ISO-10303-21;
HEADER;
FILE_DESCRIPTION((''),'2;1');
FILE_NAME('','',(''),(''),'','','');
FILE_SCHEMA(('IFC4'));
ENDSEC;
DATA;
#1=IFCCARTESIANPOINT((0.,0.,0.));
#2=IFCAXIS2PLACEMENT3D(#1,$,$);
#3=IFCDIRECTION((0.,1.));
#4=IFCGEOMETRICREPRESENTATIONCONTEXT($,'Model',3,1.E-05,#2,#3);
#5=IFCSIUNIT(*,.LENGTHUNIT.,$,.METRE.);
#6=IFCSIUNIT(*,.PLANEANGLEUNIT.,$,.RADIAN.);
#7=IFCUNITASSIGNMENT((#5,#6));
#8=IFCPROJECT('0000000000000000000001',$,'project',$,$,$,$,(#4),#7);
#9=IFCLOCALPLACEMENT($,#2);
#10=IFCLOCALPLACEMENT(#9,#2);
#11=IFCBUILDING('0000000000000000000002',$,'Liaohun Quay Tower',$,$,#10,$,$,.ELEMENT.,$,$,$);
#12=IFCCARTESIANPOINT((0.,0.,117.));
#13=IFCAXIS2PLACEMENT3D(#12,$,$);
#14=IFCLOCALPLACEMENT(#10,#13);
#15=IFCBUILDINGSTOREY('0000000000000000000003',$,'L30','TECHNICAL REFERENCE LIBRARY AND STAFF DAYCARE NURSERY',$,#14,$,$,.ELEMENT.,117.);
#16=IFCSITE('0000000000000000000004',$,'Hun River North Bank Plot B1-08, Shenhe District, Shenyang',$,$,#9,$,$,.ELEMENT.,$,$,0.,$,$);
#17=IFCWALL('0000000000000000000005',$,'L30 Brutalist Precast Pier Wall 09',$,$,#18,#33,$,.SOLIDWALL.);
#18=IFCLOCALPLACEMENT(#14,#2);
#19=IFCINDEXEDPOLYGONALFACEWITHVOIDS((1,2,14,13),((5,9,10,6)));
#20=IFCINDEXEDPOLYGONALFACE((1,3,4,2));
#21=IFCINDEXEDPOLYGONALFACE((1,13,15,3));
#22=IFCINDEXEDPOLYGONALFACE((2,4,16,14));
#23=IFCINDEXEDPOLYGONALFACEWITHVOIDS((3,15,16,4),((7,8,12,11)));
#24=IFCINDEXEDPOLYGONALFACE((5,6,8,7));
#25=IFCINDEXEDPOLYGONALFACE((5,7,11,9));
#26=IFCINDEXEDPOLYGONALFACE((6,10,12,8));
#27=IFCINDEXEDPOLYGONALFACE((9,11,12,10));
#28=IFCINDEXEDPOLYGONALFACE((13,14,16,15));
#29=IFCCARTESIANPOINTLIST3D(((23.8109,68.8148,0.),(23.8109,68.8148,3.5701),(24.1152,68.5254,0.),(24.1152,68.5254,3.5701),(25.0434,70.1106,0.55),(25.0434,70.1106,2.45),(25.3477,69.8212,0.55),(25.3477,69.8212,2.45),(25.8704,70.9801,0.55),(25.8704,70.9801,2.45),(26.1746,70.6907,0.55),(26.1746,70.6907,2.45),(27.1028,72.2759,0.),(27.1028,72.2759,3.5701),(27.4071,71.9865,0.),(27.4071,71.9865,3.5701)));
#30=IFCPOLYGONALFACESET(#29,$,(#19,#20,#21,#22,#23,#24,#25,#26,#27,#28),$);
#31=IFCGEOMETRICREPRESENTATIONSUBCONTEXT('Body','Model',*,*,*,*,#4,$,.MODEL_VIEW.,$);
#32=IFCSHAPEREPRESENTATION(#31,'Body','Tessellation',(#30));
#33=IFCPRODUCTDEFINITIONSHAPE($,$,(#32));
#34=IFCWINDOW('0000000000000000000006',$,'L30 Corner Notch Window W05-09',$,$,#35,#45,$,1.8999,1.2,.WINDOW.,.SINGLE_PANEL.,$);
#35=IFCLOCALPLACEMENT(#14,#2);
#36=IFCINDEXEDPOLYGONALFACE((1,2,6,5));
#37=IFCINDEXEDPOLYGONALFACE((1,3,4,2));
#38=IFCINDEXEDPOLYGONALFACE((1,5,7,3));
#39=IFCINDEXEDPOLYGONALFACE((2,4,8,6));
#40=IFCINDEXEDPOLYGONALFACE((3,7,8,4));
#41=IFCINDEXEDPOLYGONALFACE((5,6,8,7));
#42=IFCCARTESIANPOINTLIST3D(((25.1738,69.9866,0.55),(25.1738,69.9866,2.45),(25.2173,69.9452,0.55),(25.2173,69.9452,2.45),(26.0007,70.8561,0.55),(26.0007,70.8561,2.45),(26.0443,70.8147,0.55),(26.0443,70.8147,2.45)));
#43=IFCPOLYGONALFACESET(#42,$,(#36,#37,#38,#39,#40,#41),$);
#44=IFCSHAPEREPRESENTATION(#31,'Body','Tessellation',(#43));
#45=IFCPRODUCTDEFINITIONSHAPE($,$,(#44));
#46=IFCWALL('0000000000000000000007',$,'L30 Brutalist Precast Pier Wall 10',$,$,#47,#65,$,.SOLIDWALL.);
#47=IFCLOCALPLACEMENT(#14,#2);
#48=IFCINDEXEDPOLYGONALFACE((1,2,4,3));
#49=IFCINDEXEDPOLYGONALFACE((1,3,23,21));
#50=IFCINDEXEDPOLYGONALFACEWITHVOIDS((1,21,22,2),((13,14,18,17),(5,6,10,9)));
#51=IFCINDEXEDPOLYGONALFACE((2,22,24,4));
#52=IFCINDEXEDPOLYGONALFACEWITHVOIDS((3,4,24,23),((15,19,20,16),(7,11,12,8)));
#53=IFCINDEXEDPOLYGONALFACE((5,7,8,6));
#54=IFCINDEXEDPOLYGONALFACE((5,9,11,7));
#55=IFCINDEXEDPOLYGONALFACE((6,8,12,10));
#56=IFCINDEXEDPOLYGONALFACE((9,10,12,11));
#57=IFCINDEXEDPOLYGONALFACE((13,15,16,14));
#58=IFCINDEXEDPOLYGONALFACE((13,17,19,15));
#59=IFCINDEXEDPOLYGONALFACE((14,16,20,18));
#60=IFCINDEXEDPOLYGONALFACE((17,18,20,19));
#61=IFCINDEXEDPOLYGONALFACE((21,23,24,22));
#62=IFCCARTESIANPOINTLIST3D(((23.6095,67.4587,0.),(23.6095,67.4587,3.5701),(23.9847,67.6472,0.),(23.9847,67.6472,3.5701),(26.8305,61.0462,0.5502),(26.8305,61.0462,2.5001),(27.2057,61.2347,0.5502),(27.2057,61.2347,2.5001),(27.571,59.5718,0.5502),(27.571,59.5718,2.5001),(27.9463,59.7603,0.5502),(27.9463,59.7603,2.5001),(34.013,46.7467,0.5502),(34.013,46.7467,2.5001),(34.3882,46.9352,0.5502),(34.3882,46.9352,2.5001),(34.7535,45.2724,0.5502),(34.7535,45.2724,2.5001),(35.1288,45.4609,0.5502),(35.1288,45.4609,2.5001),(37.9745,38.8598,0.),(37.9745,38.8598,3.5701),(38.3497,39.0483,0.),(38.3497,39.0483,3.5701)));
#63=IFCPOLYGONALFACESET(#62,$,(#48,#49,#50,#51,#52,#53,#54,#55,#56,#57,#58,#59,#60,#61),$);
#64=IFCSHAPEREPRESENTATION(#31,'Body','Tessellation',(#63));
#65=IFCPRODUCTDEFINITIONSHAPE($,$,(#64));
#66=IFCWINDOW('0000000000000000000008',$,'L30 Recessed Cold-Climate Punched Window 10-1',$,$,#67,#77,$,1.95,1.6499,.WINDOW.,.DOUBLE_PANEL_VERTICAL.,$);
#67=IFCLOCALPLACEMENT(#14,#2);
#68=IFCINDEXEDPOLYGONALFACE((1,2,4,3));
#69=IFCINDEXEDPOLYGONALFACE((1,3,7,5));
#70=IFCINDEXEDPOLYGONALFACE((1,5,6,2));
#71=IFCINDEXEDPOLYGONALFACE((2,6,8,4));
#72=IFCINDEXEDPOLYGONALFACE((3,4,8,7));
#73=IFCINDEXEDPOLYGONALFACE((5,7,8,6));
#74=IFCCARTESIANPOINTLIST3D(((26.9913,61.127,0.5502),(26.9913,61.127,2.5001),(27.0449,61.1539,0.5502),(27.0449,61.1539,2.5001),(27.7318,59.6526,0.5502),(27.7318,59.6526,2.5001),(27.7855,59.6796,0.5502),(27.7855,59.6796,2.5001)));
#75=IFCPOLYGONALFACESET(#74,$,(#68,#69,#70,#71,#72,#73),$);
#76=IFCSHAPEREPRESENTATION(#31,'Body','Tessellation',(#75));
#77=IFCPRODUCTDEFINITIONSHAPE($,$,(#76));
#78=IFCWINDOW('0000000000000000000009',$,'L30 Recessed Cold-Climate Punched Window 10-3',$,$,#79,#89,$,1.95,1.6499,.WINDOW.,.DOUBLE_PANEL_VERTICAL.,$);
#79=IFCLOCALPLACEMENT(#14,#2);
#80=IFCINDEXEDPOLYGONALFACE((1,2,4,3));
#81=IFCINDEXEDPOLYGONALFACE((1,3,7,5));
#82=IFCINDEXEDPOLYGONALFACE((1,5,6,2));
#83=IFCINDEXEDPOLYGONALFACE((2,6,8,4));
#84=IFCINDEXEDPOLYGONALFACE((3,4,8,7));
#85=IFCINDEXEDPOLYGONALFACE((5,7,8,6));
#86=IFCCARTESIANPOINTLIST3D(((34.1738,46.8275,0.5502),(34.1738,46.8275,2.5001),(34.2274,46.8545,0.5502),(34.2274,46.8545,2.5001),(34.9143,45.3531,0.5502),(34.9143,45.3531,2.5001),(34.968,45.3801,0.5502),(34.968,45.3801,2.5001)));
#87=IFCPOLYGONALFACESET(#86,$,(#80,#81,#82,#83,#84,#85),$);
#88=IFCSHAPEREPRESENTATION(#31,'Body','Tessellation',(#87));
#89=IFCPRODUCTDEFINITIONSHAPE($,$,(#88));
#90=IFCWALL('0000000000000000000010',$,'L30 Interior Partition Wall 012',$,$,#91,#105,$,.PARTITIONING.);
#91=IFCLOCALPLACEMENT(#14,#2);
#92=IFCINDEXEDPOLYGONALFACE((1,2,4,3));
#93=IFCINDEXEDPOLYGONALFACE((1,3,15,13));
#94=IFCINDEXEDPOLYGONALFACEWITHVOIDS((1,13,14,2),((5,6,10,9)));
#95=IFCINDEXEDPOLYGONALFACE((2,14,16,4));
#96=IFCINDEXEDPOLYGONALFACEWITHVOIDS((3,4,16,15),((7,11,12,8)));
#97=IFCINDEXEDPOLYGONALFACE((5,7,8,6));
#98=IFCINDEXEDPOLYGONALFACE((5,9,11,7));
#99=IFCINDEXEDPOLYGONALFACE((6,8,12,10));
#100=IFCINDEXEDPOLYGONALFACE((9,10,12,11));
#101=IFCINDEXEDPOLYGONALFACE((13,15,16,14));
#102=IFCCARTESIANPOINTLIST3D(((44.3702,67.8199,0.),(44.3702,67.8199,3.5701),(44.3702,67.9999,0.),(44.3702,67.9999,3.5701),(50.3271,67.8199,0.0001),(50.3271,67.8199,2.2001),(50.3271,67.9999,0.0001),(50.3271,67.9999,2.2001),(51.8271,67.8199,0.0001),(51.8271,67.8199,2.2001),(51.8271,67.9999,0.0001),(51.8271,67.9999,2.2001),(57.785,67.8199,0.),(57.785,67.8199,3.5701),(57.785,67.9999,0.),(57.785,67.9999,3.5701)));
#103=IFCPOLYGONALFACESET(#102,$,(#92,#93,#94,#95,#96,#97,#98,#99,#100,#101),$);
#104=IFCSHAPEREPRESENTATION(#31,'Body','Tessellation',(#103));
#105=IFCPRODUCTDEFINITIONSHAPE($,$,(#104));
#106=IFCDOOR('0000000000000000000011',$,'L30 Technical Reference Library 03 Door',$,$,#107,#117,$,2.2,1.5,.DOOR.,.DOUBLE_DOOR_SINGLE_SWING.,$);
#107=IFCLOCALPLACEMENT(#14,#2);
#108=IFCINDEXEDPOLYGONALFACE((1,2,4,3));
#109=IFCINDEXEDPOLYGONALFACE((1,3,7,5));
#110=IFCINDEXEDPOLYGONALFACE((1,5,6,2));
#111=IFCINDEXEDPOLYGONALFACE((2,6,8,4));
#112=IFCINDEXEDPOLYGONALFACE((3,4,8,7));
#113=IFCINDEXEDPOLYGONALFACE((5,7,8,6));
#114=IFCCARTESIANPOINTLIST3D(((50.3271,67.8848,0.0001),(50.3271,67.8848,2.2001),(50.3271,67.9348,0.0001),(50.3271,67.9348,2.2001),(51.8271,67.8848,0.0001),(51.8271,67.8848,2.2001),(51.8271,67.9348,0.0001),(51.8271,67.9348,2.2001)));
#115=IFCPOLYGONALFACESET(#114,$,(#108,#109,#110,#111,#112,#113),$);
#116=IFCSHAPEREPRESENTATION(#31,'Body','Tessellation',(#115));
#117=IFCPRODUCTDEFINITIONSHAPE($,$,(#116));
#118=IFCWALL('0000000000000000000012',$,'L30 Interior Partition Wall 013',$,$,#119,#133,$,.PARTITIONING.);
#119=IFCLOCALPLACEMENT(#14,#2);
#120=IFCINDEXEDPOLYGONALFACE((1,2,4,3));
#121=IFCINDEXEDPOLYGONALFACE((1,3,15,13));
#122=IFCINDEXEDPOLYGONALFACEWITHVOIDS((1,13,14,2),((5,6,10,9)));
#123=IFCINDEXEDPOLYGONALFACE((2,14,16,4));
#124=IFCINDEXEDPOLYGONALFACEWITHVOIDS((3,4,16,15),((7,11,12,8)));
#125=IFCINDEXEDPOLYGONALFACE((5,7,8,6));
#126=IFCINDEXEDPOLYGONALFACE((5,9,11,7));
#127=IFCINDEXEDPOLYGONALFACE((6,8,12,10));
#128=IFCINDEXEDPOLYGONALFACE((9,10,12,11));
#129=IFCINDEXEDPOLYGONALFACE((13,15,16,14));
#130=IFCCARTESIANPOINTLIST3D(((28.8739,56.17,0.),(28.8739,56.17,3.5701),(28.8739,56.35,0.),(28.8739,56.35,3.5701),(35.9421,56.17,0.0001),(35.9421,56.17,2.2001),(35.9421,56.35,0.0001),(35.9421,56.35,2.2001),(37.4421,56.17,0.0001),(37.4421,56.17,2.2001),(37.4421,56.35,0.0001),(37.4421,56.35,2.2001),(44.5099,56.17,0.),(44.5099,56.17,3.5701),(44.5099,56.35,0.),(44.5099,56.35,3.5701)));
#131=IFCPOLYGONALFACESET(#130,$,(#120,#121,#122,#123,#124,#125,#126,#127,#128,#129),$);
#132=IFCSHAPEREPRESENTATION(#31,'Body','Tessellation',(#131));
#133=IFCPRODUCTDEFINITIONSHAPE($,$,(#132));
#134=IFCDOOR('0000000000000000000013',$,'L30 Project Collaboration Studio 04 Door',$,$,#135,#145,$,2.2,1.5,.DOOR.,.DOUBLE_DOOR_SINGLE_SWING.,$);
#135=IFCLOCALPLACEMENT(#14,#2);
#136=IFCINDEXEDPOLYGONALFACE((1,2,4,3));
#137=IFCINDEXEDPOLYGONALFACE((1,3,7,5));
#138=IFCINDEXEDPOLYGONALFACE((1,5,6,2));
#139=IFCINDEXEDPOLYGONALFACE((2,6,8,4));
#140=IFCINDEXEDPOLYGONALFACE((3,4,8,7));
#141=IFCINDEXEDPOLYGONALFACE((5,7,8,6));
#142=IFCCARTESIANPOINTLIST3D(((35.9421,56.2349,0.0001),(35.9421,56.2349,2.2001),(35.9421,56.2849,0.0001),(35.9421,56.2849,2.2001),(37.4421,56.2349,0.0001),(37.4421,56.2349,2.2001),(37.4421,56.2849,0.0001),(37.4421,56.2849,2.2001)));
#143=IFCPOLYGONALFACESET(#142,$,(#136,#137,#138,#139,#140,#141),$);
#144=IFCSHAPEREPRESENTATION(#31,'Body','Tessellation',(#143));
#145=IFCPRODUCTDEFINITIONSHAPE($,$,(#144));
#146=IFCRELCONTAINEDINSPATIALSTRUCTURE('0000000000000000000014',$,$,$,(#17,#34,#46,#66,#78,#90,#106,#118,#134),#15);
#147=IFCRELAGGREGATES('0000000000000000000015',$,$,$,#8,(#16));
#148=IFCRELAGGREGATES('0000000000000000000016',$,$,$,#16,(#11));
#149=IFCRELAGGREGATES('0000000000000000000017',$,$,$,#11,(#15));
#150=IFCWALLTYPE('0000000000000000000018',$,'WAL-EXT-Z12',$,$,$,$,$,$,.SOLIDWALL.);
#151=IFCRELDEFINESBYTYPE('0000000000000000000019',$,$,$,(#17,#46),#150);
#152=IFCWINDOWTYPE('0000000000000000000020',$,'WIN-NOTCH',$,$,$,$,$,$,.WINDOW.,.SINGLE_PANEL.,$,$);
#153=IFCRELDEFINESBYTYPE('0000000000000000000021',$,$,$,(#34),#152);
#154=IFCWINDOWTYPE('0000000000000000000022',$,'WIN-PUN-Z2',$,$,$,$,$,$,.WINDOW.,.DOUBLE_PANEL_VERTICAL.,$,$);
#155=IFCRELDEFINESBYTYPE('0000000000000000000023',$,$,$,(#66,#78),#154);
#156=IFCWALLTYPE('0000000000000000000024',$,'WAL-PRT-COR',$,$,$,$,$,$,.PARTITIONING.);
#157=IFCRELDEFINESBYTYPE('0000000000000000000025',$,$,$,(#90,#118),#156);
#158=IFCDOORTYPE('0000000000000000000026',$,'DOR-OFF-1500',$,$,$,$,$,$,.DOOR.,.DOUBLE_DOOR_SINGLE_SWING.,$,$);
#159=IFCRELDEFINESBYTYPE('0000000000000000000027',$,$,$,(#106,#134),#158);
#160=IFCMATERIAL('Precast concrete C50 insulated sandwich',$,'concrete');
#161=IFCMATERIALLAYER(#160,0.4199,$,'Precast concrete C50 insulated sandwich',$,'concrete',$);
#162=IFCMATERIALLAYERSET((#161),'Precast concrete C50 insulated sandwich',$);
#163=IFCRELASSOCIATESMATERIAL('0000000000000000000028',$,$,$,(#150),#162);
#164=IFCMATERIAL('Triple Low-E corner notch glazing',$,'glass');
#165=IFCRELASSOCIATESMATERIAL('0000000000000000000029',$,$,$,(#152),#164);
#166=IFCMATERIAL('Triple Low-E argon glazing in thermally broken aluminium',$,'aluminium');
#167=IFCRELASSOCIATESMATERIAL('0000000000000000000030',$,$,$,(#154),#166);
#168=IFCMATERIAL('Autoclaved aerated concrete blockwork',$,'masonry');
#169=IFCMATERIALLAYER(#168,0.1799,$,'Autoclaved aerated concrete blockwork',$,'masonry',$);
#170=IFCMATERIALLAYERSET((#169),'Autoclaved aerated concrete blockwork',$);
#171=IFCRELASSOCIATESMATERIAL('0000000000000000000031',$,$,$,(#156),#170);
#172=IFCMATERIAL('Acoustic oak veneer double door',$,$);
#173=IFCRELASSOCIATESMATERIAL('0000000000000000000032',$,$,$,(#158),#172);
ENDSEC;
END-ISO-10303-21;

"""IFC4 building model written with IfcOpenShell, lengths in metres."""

from ifc_helpers import new_model, si_unit, direction, frame, frame_2d, origin, place, context, subcontext, project, spatial, rectangle, extrude, source, transform, mapped, material, layer, layer_set, type_object, element, fill, save


model = new_model("IFC4")

# Units and contexts
model_context = context("Model", 3, precision=1e-05, world=origin(), true_north=direction((0.0, 1.0)))
body_context = subcontext(model_context, "Body", "Model", "MODEL_VIEW")
ifc_project = project(units=[si_unit("LENGTHUNIT", "METRE"), si_unit("PLANEANGLEUNIT", "RADIAN")], contexts=[model_context])

# Site, building, storey
site_placement = place(None, origin())
site = spatial("IfcSite", under=ifc_project, at=site_placement, Name="Hun River North Bank Plot B1-08, Shenhe District, Shenyang", CompositionType="ELEMENT", RefElevation=0.0)
building_placement = place(site_placement, origin())
building = spatial("IfcBuilding", under=site, at=building_placement, Name="Liaohun Quay Tower", CompositionType="ELEMENT")
storey_placement = place(building_placement, frame((0.0, 0.0, 117.0)))
storey = spatial("IfcBuildingStorey", under=building, at=storey_placement, Name="L30", Description="TECHNICAL REFERENCE LIBRARY AND STAFF DAYCARE NURSERY", CompositionType="ELEMENT", Elevation=117.0)

# Wall, opening, window
ifc_material_1 = material(Name="Precast concrete C50 insulated sandwich", Category="concrete")
ifc_layer_1 = layer(ifc_material_1, 0.4199, Name="Precast concrete C50 insulated sandwich", Category="concrete")
ifc_layer_set_1 = layer_set([ifc_layer_1], Name="Precast concrete C50 insulated sandwich")
wall_type_1 = type_object("IfcWallType", Name="WAL-EXT-Z12", PredefinedType="SOLIDWALL", material=ifc_layer_set_1)
shared_shape_1 = source(origin(), body_context, "Body", "SweptSolid", [
    extrude(rectangle(XDim=1.2, YDim=1.8999, at=frame_2d((0.6001, 0.95))), frame((0.0, 0.22, 0.0), z_axis=(0.0, -1.0, 0.0), x_axis=(1.0, 0.0, 0.0)), (0.0, 0.0, 1.0), 0.4399),
])
ifc_material_2 = material(Name="Triple Low-E corner notch glazing", Category="glass")
window_type_1 = type_object("IfcWindowType", Name="WIN-NOTCH", PartitioningType="SINGLE_PANEL", PredefinedType="WINDOW", material=ifc_material_2)
shared_shape_2 = source(origin(), body_context, "Body", "SweptSolid", [
    extrude(rectangle(XDim=1.2, YDim=1.8999, at=frame_2d((0.6001, 0.95))), frame((0.0, 0.03, 0.0), z_axis=(0.0, -1.0, 0.0), x_axis=(1.0, 0.0, 0.0)), (0.0, 0.0, 1.0), 0.0601),
])
wall_1_placement = place(storey_placement, frame((27.2549, 72.1311, 0.0), z_axis=(0.0, 0.0, 1.0), x_axis=(-0.689175, -0.724595, 0.0)))
wall_1 = element("IfcWall", 1, at=wall_1_placement, inside=storey, type_object=wall_type_1, Name="L30 Brutalist Precast Pier Wall 09", PredefinedType="SOLIDWALL", context=body_context, shape_type="SweptSolid", body=[
    extrude(rectangle(XDim=4.7766, YDim=0.4199, at=frame_2d((2.3882, 0.0))), origin(), (0.0, 0.0, 1.0), 3.5701),
])
opening_1_placement = place(wall_1_placement, frame((1.7881, 0.0, 0.55)))
opening_1 = element("IfcOpeningElement", 2, at=opening_1_placement, cuts=wall_1, PredefinedType="OPENING", context=body_context, shape_type="MappedRepresentation", body=[
    mapped(shared_shape_1, transform((0.0, 0.0, 0.0), x_axis=(1.0, 0.0, 0.0), y_axis=(0.0, 1.0, 0.0), z_axis=(0.0, 0.0, 1.0), scale=1.0)),
])
window_1_placement = place(opening_1_placement, origin())
window_1 = element("IfcWindow", 3, at=window_1_placement, inside=storey, type_object=window_type_1, Name="L30 Corner Notch Window W05-09", OverallHeight=1.8999, OverallWidth=1.2, PartitioningType="SINGLE_PANEL", PredefinedType="WINDOW", context=body_context, shape_type="MappedRepresentation", body=[
    mapped(shared_shape_2, transform((0.0, 0.0, 0.0), x_axis=(1.0, 0.0, 0.0), y_axis=(0.0, 1.0, 0.0), z_axis=(0.0, 0.0, 1.0), scale=1.0)),
])
fill(opening_1, window_1)

# Wall, openings, windows
wall_2_placement = place(storey_placement, frame((23.7971, 67.553, 0.0), z_axis=(0.0, 0.0, 1.0), x_axis=(0.448851, -0.893606, 0.0)))
wall_2 = element("IfcWall", 4, at=wall_2_placement, inside=storey, type_object=wall_type_1, Name="L30 Brutalist Precast Pier Wall 10", PredefinedType="SOLIDWALL", context=body_context, shape_type="SweptSolid", body=[
    extrude(rectangle(XDim=32.0039, YDim=0.4199, at=frame_2d((16.002, 0.0))), origin(), (0.0, 0.0, 1.0), 3.5701),
])
shared_shape_3 = source(origin(), body_context, "Body", "SweptSolid", [
    extrude(rectangle(XDim=1.6499, YDim=1.95, at=frame_2d((0.825, 0.9751))), frame((0.0, 0.22, 0.0), z_axis=(0.0, -1.0, 0.0), x_axis=(1.0, 0.0, 0.0)), (0.0, 0.0, 1.0), 0.4399),
])
opening_2_placement = place(wall_2_placement, frame((7.176, 0.0, 0.55)))
opening_2 = element("IfcOpeningElement", 5, at=opening_2_placement, cuts=wall_2, PredefinedType="OPENING", context=body_context, shape_type="MappedRepresentation", body=[
    mapped(shared_shape_3, transform((0.0, 0.0, 0.0), x_axis=(1.0, 0.0, 0.0), y_axis=(0.0, 1.0, 0.0), z_axis=(0.0, 0.0, 1.0), scale=1.0)),
])
opening_3_placement = place(wall_2_placement, frame((23.178, 0.0, 0.55)))
opening_3 = element("IfcOpeningElement", 6, at=opening_3_placement, cuts=wall_2, PredefinedType="OPENING", context=body_context, shape_type="MappedRepresentation", body=[
    mapped(shared_shape_3, transform((0.0, 0.0, 0.0), x_axis=(1.0, 0.0, 0.0), y_axis=(0.0, 1.0, 0.0), z_axis=(0.0, 0.0, 1.0), scale=1.0)),
])
ifc_material_3 = material(Name="Triple Low-E argon glazing in thermally broken aluminium", Category="aluminium")
window_type_2 = type_object("IfcWindowType", Name="WIN-PUN-Z2", PartitioningType="DOUBLE_PANEL_VERTICAL", PredefinedType="WINDOW", material=ifc_material_3)
shared_shape_4 = source(origin(), body_context, "Body", "SweptSolid", [
    extrude(rectangle(XDim=1.6499, YDim=1.95, at=frame_2d((0.825, 0.9751))), frame((0.0, 0.03, 0.0), z_axis=(0.0, -1.0, 0.0), x_axis=(1.0, 0.0, 0.0)), (0.0, 0.0, 1.0), 0.0601),
])
window_2_placement = place(opening_2_placement, origin())
window_2 = element("IfcWindow", 7, at=window_2_placement, inside=storey, type_object=window_type_2, Name="L30 Recessed Cold-Climate Punched Window 10-1", OverallHeight=1.95, OverallWidth=1.6499, PartitioningType="DOUBLE_PANEL_VERTICAL", PredefinedType="WINDOW", context=body_context, shape_type="MappedRepresentation", body=[
    mapped(shared_shape_4, transform((0.0, 0.0, 0.0), x_axis=(1.0, 0.0, 0.0), y_axis=(0.0, 1.0, 0.0), z_axis=(0.0, 0.0, 1.0), scale=1.0)),
])
fill(opening_2, window_2)
window_3_placement = place(opening_3_placement, origin())
window_3 = element("IfcWindow", 8, at=window_3_placement, inside=storey, type_object=window_type_2, Name="L30 Recessed Cold-Climate Punched Window 10-3", OverallHeight=1.95, OverallWidth=1.6499, PartitioningType="DOUBLE_PANEL_VERTICAL", PredefinedType="WINDOW", context=body_context, shape_type="MappedRepresentation", body=[
    mapped(shared_shape_4, transform((0.0, 0.0, 0.0), x_axis=(1.0, 0.0, 0.0), y_axis=(0.0, 1.0, 0.0), z_axis=(0.0, 0.0, 1.0), scale=1.0)),
])
fill(opening_3, window_3)

# Walls, openings, doors
ifc_material_4 = material(Name="Autoclaved aerated concrete blockwork", Category="masonry")
ifc_layer_2 = layer(ifc_material_4, 0.1799, Name="Autoclaved aerated concrete blockwork", Category="masonry")
ifc_layer_set_2 = layer_set([ifc_layer_2], Name="Autoclaved aerated concrete blockwork")
wall_type_2 = type_object("IfcWallType", Name="WAL-PRT-COR", PredefinedType="PARTITIONING", material=ifc_layer_set_2)
wall_3_placement = place(storey_placement, frame((44.3701, 67.9099, 0.0), z_axis=(0.0, 0.0, 1.0), x_axis=(1.0, 0.0, 0.0)))
wall_3 = element("IfcWall", 9, at=wall_3_placement, inside=storey, type_object=wall_type_2, Name="L30 Interior Partition Wall 012", PredefinedType="PARTITIONING", context=body_context, shape_type="SweptSolid", body=[
    extrude(rectangle(XDim=13.4148, YDim=0.1799, at=frame_2d((6.7075, 0.0))), origin(), (0.0, 0.0, 1.0), 3.5701),
])
shared_shape_5 = source(origin(), body_context, "Body", "SweptSolid", [
    extrude(rectangle(XDim=1.5, YDim=2.2, at=frame_2d((0.75, 1.1001))), frame((0.0, 0.0999, 0.0), z_axis=(0.0, -1.0, 0.0), x_axis=(1.0, 0.0, 0.0)), (0.0, 0.0, 1.0), 0.2),
])
opening_4_placement = place(wall_3_placement, frame((5.957, 0.0, 0.0)))
opening_4 = element("IfcOpeningElement", 10, at=opening_4_placement, cuts=wall_3, PredefinedType="OPENING", context=body_context, shape_type="MappedRepresentation", body=[
    mapped(shared_shape_5, transform((0.0, 0.0, 0.0), x_axis=(1.0, 0.0, 0.0), y_axis=(0.0, 1.0, 0.0), z_axis=(0.0, 0.0, 1.0), scale=1.0)),
])
ifc_material_5 = material(Name="Acoustic oak veneer double door")
door_type = type_object("IfcDoorType", Name="DOR-OFF-1500", OperationType="DOUBLE_DOOR_SINGLE_SWING", PredefinedType="DOOR", material=ifc_material_5)
shared_shape_6 = source(origin(), body_context, "Body", "SweptSolid", [
    extrude(rectangle(XDim=1.5, YDim=2.2, at=frame_2d((0.75, 1.1001))), frame((0.0, 0.0249, 0.0), z_axis=(0.0, -1.0, 0.0), x_axis=(1.0, 0.0, 0.0)), (0.0, 0.0, 1.0), 0.05),
])
door_1_placement = place(opening_4_placement, origin())
door_1 = element("IfcDoor", 11, at=door_1_placement, inside=storey, type_object=door_type, Name="L30 Technical Reference Library 03 Door", OperationType="DOUBLE_DOOR_SINGLE_SWING", OverallHeight=2.2, OverallWidth=1.5, PredefinedType="DOOR", context=body_context, shape_type="MappedRepresentation", body=[
    mapped(shared_shape_6, transform((0.0, 0.0, 0.0), x_axis=(1.0, 0.0, 0.0), y_axis=(0.0, 1.0, 0.0), z_axis=(0.0, 0.0, 1.0), scale=1.0)),
])
fill(opening_4, door_1)
wall_4_placement = place(storey_placement, frame((28.874, 56.26, 0.0), z_axis=(0.0, 0.0, 1.0), x_axis=(1.0, 0.0, 0.0)))
wall_4 = element("IfcWall", 12, at=wall_4_placement, inside=storey, type_object=wall_type_2, Name="L30 Interior Partition Wall 013", PredefinedType="PARTITIONING", context=body_context, shape_type="SweptSolid", body=[
    extrude(rectangle(XDim=15.636, YDim=0.1799, at=frame_2d((7.8179, 0.0))), origin(), (0.0, 0.0, 1.0), 3.5701),
])
opening_5_placement = place(wall_4_placement, frame((7.0681, 0.0, 0.0)))
opening_5 = element("IfcOpeningElement", 13, at=opening_5_placement, cuts=wall_4, PredefinedType="OPENING", context=body_context, shape_type="MappedRepresentation", body=[
    mapped(shared_shape_5, transform((0.0, 0.0, 0.0), x_axis=(1.0, 0.0, 0.0), y_axis=(0.0, 1.0, 0.0), z_axis=(0.0, 0.0, 1.0), scale=1.0)),
])
door_2_placement = place(opening_5_placement, origin())
door_2 = element("IfcDoor", 14, at=door_2_placement, inside=storey, type_object=door_type, Name="L30 Project Collaboration Studio 04 Door", OperationType="DOUBLE_DOOR_SINGLE_SWING", OverallHeight=2.2, OverallWidth=1.5, PredefinedType="DOOR", context=body_context, shape_type="MappedRepresentation", body=[
    mapped(shared_shape_6, transform((0.0, 0.0, 0.0), x_axis=(1.0, 0.0, 0.0), y_axis=(0.0, 1.0, 0.0), z_axis=(0.0, 0.0, 1.0), scale=1.0)),
])
fill(opening_5, door_2)

save(model, "model.ifc")
